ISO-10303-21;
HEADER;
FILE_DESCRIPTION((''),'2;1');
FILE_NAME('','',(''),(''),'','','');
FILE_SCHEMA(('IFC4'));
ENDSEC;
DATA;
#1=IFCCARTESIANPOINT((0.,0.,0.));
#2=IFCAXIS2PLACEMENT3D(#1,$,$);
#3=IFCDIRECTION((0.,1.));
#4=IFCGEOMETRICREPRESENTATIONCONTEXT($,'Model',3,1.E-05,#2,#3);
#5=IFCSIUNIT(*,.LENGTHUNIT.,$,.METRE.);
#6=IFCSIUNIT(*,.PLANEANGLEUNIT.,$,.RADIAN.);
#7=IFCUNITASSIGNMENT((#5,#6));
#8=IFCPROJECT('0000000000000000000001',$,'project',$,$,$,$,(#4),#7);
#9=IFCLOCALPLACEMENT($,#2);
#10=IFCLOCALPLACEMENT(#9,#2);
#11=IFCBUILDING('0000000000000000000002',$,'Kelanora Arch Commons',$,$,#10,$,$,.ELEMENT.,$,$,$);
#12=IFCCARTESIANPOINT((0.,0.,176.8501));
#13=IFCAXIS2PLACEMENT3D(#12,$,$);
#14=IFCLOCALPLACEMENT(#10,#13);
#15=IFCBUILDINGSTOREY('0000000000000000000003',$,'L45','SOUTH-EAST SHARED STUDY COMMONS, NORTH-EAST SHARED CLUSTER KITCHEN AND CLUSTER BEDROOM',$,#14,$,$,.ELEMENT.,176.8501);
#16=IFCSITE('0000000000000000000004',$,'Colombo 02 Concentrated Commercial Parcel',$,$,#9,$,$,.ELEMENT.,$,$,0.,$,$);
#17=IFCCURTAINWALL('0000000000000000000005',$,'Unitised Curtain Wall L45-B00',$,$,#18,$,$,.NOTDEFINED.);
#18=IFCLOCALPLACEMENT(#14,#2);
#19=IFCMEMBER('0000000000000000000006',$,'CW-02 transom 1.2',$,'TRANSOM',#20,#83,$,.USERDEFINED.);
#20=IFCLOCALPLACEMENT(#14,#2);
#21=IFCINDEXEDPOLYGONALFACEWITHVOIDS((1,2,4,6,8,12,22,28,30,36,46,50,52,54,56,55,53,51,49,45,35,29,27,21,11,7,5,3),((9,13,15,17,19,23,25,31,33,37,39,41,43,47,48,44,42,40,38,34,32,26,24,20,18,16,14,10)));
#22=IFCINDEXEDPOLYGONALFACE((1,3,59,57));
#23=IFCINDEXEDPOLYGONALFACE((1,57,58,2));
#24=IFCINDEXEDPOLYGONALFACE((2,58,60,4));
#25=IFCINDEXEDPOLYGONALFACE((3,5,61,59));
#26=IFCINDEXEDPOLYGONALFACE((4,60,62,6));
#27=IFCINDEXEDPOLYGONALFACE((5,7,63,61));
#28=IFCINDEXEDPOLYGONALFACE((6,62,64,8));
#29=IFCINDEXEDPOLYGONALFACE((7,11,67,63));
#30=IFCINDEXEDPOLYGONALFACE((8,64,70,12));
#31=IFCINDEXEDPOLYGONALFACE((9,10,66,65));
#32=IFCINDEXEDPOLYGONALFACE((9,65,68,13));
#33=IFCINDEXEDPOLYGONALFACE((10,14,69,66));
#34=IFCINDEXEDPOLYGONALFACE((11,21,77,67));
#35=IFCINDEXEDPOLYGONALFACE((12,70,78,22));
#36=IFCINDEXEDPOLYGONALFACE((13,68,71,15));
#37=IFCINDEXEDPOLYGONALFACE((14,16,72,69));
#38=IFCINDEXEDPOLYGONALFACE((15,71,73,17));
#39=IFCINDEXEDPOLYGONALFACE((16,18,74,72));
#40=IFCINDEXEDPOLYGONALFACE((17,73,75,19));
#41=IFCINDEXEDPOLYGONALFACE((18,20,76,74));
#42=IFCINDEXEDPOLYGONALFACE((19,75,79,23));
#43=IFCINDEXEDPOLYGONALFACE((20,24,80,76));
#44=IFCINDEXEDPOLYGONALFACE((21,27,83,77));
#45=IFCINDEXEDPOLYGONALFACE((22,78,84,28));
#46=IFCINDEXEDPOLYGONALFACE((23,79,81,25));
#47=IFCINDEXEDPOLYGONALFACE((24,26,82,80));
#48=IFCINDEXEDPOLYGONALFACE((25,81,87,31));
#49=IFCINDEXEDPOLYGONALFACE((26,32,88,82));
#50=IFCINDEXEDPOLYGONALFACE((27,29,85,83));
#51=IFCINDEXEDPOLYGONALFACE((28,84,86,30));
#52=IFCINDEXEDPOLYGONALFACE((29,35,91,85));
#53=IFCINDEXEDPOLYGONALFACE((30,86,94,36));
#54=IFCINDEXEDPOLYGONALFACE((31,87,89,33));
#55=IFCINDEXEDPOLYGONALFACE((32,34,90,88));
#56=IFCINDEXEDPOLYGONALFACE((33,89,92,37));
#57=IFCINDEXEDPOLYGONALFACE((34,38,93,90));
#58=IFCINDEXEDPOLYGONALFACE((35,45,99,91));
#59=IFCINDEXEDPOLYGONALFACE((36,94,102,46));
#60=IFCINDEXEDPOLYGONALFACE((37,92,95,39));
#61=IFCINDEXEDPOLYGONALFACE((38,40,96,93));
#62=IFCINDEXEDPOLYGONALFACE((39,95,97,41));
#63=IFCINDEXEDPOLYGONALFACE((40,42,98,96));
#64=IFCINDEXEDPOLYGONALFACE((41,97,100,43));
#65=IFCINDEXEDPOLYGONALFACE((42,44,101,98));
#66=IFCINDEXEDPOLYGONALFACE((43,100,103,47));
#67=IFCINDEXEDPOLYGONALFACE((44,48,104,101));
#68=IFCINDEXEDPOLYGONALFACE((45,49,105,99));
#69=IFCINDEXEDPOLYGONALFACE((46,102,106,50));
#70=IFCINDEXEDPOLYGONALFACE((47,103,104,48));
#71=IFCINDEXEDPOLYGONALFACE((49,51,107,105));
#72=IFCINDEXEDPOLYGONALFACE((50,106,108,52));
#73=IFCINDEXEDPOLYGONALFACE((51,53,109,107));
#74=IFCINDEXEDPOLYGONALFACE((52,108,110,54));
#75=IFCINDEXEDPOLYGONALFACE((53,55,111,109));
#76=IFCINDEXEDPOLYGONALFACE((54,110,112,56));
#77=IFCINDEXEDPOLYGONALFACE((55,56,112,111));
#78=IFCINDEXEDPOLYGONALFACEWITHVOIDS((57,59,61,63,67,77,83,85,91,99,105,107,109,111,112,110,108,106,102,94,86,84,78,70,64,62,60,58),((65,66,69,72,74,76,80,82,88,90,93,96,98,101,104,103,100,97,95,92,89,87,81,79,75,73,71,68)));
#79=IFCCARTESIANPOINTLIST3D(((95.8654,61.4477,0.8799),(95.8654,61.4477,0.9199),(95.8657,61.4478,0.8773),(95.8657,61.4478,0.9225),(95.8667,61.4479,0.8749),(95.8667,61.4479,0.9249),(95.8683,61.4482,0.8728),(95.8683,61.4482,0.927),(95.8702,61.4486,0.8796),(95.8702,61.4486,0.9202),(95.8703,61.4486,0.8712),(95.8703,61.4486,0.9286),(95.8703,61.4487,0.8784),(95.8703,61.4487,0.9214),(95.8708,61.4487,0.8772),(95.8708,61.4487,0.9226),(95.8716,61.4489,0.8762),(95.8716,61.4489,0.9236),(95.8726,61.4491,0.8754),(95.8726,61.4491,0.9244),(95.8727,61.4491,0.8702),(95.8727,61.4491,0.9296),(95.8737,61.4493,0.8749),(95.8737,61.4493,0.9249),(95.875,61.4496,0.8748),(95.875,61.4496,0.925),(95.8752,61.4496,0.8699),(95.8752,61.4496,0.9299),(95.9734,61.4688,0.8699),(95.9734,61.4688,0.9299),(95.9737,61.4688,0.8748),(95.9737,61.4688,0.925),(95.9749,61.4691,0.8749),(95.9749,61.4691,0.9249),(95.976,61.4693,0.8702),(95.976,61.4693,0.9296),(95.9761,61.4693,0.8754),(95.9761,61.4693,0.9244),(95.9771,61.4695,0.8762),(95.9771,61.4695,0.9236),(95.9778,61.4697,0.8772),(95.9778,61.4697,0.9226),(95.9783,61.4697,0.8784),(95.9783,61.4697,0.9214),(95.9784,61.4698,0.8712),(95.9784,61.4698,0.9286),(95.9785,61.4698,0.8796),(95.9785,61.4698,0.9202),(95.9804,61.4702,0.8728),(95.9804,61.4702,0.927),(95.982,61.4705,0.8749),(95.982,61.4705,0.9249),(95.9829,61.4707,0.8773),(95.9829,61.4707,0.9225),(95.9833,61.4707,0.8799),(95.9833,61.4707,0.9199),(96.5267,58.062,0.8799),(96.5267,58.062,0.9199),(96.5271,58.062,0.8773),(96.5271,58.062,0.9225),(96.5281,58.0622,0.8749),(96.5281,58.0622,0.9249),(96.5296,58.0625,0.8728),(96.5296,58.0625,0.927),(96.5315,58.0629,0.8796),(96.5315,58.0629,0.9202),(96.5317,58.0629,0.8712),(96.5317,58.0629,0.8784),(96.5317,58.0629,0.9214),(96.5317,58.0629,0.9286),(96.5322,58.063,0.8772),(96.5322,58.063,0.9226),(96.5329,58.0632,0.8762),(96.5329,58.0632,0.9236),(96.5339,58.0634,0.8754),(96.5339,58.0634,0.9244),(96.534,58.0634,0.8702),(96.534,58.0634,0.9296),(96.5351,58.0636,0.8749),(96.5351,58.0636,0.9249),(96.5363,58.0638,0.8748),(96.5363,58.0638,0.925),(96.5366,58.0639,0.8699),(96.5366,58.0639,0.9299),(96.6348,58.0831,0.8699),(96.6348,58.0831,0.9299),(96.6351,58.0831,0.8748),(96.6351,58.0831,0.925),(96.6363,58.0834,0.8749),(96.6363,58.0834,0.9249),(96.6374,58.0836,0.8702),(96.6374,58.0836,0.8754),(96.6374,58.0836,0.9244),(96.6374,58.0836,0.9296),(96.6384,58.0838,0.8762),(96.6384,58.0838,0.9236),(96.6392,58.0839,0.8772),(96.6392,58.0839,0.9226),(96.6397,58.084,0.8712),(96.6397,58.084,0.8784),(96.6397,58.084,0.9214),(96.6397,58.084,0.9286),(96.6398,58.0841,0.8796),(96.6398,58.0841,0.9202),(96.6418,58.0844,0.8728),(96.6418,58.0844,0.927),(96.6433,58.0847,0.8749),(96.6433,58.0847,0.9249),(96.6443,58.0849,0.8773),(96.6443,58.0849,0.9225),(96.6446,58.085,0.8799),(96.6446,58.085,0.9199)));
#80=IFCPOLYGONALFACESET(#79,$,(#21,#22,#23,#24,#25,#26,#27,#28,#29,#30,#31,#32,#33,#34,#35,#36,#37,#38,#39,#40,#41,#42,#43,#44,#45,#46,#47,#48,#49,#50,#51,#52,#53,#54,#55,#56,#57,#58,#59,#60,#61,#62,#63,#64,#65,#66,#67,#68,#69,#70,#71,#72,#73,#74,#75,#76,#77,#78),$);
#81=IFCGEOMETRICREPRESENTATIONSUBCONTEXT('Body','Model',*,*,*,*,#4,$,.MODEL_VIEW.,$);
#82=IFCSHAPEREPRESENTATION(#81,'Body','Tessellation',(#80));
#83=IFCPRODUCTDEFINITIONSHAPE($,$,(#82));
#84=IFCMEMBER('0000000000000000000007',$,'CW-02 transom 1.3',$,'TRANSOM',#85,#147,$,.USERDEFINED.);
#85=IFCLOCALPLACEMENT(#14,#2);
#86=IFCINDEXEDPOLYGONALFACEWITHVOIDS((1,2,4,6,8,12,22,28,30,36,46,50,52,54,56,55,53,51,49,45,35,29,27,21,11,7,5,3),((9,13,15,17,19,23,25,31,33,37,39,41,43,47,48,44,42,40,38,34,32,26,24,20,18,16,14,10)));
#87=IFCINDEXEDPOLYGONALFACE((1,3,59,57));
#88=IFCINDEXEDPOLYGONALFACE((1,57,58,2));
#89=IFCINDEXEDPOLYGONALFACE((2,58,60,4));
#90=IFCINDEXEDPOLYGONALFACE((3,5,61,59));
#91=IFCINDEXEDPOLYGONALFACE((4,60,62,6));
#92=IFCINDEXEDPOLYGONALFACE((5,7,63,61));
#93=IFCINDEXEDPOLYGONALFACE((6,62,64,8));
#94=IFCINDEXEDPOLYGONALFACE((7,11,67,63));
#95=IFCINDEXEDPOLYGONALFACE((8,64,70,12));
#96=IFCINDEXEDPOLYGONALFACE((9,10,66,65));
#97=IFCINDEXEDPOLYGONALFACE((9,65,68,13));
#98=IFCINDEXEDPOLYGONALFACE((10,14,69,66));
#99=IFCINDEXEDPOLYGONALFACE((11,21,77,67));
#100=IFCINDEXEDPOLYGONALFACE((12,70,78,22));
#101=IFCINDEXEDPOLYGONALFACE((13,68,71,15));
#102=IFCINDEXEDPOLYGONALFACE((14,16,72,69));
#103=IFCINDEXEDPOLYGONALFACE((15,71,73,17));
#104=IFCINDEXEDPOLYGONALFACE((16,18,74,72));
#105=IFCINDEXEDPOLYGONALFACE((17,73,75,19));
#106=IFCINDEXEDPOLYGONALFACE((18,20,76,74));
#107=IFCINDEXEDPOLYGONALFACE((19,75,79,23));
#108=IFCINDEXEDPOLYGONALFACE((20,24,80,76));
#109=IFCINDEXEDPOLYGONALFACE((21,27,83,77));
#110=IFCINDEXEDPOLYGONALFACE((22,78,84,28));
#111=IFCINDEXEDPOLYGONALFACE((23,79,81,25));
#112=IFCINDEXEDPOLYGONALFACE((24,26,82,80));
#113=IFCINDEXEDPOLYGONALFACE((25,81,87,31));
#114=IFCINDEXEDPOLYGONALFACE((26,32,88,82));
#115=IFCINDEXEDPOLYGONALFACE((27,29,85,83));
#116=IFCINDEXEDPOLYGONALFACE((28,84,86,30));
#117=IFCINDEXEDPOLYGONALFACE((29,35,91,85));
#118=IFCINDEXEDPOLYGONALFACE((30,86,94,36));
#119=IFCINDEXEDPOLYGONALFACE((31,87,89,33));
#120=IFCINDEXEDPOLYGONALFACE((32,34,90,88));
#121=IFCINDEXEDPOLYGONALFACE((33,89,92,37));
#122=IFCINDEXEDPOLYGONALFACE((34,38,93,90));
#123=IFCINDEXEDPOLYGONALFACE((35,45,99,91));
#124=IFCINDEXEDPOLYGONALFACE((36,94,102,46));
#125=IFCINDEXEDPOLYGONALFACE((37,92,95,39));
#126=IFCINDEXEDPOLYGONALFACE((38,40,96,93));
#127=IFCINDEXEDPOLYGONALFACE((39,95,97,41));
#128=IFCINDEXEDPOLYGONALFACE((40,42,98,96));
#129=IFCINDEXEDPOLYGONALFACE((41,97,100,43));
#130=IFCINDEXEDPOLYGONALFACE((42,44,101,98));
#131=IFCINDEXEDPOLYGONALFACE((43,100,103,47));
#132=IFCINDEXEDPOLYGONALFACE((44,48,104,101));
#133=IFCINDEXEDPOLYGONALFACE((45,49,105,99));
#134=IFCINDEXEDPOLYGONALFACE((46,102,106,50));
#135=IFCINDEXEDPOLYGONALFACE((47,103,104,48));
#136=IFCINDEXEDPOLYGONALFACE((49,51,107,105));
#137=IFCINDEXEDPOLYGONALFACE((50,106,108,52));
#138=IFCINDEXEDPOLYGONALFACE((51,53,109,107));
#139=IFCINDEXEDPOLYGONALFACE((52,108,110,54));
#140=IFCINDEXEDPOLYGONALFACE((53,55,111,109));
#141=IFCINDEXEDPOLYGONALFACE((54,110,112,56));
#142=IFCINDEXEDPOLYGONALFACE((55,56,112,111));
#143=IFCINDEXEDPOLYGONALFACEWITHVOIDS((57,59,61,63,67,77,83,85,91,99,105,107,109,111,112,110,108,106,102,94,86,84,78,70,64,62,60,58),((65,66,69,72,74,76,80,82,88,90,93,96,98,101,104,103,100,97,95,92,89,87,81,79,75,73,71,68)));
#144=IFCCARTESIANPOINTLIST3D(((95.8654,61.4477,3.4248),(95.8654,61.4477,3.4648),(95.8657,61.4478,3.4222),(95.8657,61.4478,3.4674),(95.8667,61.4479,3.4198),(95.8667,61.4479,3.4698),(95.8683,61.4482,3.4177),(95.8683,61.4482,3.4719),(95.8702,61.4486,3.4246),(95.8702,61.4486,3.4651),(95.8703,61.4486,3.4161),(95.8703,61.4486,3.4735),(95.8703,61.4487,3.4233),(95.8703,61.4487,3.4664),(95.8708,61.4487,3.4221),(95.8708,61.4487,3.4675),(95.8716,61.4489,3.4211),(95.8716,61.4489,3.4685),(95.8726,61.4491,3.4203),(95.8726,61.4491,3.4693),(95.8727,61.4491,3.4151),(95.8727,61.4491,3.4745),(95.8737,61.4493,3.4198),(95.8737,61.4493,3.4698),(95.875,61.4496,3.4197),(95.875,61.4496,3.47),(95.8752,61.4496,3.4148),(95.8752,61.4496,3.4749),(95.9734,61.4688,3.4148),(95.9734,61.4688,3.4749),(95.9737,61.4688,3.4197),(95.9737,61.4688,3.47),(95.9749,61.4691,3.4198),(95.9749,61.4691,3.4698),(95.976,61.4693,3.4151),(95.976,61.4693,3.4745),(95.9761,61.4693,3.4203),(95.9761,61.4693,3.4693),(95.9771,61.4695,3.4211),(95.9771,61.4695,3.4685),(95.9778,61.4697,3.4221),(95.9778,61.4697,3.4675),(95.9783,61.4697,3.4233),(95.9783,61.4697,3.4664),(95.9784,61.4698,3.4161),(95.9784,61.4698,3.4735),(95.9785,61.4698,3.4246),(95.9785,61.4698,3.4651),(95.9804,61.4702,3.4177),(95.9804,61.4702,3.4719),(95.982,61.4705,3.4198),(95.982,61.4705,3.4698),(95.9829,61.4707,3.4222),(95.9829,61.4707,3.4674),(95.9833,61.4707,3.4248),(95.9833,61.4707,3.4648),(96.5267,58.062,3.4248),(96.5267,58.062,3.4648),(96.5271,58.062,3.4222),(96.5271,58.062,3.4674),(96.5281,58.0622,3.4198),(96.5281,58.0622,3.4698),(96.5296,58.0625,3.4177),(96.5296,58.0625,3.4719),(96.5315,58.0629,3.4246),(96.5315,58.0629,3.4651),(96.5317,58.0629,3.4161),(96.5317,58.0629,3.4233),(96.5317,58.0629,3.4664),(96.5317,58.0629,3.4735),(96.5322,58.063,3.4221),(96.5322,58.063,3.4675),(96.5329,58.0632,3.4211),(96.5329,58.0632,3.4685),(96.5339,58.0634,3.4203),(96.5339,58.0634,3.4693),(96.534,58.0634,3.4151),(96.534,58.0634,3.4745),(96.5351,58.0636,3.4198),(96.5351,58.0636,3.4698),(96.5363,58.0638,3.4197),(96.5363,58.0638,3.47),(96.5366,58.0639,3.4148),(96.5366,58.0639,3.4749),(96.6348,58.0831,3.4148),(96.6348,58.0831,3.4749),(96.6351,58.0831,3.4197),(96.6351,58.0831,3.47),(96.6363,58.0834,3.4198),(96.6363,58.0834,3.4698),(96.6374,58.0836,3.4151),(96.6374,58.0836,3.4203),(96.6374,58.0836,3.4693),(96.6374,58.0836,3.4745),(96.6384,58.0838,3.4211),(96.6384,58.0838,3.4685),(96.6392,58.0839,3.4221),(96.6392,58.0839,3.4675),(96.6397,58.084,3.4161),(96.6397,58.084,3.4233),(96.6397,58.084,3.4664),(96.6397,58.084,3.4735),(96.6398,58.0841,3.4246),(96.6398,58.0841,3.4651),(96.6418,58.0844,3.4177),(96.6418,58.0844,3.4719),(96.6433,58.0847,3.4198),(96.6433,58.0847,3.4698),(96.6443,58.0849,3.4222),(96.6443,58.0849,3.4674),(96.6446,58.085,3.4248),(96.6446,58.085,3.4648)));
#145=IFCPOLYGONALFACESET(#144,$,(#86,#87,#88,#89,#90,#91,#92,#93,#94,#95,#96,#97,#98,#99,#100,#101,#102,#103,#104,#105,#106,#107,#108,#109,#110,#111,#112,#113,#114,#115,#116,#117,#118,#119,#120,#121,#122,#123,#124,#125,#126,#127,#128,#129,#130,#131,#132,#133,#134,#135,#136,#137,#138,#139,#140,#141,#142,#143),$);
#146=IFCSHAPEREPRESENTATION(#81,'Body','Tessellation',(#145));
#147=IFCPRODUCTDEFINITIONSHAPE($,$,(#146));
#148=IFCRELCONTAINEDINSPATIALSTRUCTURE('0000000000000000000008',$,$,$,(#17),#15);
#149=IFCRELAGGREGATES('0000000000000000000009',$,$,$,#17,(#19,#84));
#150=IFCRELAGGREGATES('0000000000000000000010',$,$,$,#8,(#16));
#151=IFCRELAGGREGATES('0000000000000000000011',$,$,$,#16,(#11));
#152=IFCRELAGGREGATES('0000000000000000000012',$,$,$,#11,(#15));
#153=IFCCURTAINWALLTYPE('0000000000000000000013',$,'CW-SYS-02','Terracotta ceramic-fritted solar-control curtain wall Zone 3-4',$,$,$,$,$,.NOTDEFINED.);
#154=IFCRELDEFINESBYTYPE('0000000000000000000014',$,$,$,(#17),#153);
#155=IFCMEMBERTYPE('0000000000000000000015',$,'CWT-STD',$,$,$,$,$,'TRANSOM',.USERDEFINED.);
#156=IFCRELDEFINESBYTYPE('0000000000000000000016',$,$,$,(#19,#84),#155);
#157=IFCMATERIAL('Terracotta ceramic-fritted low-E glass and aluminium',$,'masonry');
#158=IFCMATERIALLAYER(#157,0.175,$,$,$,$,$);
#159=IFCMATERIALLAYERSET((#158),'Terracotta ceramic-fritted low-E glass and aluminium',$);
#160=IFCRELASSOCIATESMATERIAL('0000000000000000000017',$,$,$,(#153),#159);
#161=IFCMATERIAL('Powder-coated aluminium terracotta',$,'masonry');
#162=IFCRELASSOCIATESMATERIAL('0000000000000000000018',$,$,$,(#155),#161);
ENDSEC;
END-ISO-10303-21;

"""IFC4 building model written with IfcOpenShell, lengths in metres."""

from ifc_helpers import new_model, si_unit, direction, frame, origin, origin_2d, place, context, subcontext, project, spatial, hollow_rectangle, extrude, material, layer, layer_set, material_profile, profile_set, type_object, element, aggregate, save


model = new_model("IFC4")

# Units and contexts
model_context = context("Model", 3, precision=1e-05, world=origin(), true_north=direction((0.0, 1.0)))
body_context = subcontext(model_context, "Body", "Model", "MODEL_VIEW")
ifc_project = project(units=[si_unit("LENGTHUNIT", "METRE"), si_unit("PLANEANGLEUNIT", "RADIAN")], contexts=[model_context])

# Site, building, storey
site_placement = place(None, origin())
site = spatial("IfcSite", under=ifc_project, at=site_placement, Name="Colombo 02 Concentrated Commercial Parcel", CompositionType="ELEMENT", RefElevation=0.0)
building_placement = place(site_placement, origin())
building = spatial("IfcBuilding", under=site, at=building_placement, Name="Kelanora Arch Commons", CompositionType="ELEMENT")
storey_placement = place(building_placement, frame((0.0, 0.0, 176.8501)))
storey = spatial("IfcBuildingStorey", under=building, at=storey_placement, Name="L45", Description="SOUTH-EAST SHARED STUDY COMMONS, NORTH-EAST SHARED CLUSTER KITCHEN AND CLUSTER BEDROOM", CompositionType="ELEMENT", Elevation=176.8501)

# Curtain wall, members
ifc_material_1 = material(Name="Terracotta ceramic-fritted low-E glass and aluminium", Category="masonry")
ifc_layer_1 = layer(ifc_material_1, 0.175)
ifc_layer_set_1 = layer_set([ifc_layer_1], Name="Terracotta ceramic-fritted low-E glass and aluminium")
curtain_wall_type = type_object("IfcCurtainWallType", Name="CW-SYS-02", Description="Terracotta ceramic-fritted solar-control curtain wall Zone 3-4", PredefinedType="NOTDEFINED", material=ifc_layer_set_1)
curtain_wall_placement = place(storey_placement, origin())
curtain_wall = element("IfcCurtainWall", 1, at=curtain_wall_placement, inside=storey, type_object=curtain_wall_type, Name="Unitised Curtain Wall L45-B00", PredefinedType="NOTDEFINED")
ifc_material_2 = material(Name="Powder-coated aluminium terracotta", Category="masonry")
ifc_material_profile_1 = material_profile(ifc_material_2, hollow_rectangle(XDim=0.1201, YDim=0.0601, WallThickness=0.0049, InnerFilletRadius=0.0049, OuterFilletRadius=0.01, at=origin_2d()), Name="CWT120x60")
ifc_profile_set_1 = profile_set([ifc_material_profile_1], Name="Powder-coated aluminium terracotta")
member_type_1 = type_object("IfcMemberType", Name="CWT-STD", ElementType="TRANSOM", PredefinedType="USERDEFINED", material=ifc_profile_set_1)
member_1_placement = place(storey_placement, frame((96.5857, 58.0735, 0.8999), z_axis=(-0.191718, 0.98145, 0.0), x_axis=(-0.98145, -0.191718, 0.0)))
member_1 = element("IfcMember", 2, at=member_1_placement, type_object=member_type_1, Name="CW-02 transom 1.2", ObjectType="TRANSOM", PredefinedType="USERDEFINED", context=body_context, shape_type="SweptSolid", body=[
    extrude(hollow_rectangle(XDim=0.1201, YDim=0.0601, WallThickness=0.0049, InnerFilletRadius=0.0049, OuterFilletRadius=0.01, at=origin_2d()), origin(), (0.0, 0.0, 1.0), 3.4497),
])
member_2_placement = place(storey_placement, frame((96.5857, 58.0735, 3.4448), z_axis=(-0.191718, 0.98145, 0.0), x_axis=(-0.98145, -0.191718, 0.0)))
member_2 = element("IfcMember", 3, at=member_2_placement, type_object=member_type_1, Name="CW-02 transom 1.3", ObjectType="TRANSOM", PredefinedType="USERDEFINED", context=body_context, shape_type="SweptSolid", body=[
    extrude(hollow_rectangle(XDim=0.1201, YDim=0.0601, WallThickness=0.0049, InnerFilletRadius=0.0049, OuterFilletRadius=0.01, at=origin_2d()), origin(), (0.0, 0.0, 1.0), 3.4497),
])
aggregate(curtain_wall, [member_1, member_2])

save(model, "model.ifc")
